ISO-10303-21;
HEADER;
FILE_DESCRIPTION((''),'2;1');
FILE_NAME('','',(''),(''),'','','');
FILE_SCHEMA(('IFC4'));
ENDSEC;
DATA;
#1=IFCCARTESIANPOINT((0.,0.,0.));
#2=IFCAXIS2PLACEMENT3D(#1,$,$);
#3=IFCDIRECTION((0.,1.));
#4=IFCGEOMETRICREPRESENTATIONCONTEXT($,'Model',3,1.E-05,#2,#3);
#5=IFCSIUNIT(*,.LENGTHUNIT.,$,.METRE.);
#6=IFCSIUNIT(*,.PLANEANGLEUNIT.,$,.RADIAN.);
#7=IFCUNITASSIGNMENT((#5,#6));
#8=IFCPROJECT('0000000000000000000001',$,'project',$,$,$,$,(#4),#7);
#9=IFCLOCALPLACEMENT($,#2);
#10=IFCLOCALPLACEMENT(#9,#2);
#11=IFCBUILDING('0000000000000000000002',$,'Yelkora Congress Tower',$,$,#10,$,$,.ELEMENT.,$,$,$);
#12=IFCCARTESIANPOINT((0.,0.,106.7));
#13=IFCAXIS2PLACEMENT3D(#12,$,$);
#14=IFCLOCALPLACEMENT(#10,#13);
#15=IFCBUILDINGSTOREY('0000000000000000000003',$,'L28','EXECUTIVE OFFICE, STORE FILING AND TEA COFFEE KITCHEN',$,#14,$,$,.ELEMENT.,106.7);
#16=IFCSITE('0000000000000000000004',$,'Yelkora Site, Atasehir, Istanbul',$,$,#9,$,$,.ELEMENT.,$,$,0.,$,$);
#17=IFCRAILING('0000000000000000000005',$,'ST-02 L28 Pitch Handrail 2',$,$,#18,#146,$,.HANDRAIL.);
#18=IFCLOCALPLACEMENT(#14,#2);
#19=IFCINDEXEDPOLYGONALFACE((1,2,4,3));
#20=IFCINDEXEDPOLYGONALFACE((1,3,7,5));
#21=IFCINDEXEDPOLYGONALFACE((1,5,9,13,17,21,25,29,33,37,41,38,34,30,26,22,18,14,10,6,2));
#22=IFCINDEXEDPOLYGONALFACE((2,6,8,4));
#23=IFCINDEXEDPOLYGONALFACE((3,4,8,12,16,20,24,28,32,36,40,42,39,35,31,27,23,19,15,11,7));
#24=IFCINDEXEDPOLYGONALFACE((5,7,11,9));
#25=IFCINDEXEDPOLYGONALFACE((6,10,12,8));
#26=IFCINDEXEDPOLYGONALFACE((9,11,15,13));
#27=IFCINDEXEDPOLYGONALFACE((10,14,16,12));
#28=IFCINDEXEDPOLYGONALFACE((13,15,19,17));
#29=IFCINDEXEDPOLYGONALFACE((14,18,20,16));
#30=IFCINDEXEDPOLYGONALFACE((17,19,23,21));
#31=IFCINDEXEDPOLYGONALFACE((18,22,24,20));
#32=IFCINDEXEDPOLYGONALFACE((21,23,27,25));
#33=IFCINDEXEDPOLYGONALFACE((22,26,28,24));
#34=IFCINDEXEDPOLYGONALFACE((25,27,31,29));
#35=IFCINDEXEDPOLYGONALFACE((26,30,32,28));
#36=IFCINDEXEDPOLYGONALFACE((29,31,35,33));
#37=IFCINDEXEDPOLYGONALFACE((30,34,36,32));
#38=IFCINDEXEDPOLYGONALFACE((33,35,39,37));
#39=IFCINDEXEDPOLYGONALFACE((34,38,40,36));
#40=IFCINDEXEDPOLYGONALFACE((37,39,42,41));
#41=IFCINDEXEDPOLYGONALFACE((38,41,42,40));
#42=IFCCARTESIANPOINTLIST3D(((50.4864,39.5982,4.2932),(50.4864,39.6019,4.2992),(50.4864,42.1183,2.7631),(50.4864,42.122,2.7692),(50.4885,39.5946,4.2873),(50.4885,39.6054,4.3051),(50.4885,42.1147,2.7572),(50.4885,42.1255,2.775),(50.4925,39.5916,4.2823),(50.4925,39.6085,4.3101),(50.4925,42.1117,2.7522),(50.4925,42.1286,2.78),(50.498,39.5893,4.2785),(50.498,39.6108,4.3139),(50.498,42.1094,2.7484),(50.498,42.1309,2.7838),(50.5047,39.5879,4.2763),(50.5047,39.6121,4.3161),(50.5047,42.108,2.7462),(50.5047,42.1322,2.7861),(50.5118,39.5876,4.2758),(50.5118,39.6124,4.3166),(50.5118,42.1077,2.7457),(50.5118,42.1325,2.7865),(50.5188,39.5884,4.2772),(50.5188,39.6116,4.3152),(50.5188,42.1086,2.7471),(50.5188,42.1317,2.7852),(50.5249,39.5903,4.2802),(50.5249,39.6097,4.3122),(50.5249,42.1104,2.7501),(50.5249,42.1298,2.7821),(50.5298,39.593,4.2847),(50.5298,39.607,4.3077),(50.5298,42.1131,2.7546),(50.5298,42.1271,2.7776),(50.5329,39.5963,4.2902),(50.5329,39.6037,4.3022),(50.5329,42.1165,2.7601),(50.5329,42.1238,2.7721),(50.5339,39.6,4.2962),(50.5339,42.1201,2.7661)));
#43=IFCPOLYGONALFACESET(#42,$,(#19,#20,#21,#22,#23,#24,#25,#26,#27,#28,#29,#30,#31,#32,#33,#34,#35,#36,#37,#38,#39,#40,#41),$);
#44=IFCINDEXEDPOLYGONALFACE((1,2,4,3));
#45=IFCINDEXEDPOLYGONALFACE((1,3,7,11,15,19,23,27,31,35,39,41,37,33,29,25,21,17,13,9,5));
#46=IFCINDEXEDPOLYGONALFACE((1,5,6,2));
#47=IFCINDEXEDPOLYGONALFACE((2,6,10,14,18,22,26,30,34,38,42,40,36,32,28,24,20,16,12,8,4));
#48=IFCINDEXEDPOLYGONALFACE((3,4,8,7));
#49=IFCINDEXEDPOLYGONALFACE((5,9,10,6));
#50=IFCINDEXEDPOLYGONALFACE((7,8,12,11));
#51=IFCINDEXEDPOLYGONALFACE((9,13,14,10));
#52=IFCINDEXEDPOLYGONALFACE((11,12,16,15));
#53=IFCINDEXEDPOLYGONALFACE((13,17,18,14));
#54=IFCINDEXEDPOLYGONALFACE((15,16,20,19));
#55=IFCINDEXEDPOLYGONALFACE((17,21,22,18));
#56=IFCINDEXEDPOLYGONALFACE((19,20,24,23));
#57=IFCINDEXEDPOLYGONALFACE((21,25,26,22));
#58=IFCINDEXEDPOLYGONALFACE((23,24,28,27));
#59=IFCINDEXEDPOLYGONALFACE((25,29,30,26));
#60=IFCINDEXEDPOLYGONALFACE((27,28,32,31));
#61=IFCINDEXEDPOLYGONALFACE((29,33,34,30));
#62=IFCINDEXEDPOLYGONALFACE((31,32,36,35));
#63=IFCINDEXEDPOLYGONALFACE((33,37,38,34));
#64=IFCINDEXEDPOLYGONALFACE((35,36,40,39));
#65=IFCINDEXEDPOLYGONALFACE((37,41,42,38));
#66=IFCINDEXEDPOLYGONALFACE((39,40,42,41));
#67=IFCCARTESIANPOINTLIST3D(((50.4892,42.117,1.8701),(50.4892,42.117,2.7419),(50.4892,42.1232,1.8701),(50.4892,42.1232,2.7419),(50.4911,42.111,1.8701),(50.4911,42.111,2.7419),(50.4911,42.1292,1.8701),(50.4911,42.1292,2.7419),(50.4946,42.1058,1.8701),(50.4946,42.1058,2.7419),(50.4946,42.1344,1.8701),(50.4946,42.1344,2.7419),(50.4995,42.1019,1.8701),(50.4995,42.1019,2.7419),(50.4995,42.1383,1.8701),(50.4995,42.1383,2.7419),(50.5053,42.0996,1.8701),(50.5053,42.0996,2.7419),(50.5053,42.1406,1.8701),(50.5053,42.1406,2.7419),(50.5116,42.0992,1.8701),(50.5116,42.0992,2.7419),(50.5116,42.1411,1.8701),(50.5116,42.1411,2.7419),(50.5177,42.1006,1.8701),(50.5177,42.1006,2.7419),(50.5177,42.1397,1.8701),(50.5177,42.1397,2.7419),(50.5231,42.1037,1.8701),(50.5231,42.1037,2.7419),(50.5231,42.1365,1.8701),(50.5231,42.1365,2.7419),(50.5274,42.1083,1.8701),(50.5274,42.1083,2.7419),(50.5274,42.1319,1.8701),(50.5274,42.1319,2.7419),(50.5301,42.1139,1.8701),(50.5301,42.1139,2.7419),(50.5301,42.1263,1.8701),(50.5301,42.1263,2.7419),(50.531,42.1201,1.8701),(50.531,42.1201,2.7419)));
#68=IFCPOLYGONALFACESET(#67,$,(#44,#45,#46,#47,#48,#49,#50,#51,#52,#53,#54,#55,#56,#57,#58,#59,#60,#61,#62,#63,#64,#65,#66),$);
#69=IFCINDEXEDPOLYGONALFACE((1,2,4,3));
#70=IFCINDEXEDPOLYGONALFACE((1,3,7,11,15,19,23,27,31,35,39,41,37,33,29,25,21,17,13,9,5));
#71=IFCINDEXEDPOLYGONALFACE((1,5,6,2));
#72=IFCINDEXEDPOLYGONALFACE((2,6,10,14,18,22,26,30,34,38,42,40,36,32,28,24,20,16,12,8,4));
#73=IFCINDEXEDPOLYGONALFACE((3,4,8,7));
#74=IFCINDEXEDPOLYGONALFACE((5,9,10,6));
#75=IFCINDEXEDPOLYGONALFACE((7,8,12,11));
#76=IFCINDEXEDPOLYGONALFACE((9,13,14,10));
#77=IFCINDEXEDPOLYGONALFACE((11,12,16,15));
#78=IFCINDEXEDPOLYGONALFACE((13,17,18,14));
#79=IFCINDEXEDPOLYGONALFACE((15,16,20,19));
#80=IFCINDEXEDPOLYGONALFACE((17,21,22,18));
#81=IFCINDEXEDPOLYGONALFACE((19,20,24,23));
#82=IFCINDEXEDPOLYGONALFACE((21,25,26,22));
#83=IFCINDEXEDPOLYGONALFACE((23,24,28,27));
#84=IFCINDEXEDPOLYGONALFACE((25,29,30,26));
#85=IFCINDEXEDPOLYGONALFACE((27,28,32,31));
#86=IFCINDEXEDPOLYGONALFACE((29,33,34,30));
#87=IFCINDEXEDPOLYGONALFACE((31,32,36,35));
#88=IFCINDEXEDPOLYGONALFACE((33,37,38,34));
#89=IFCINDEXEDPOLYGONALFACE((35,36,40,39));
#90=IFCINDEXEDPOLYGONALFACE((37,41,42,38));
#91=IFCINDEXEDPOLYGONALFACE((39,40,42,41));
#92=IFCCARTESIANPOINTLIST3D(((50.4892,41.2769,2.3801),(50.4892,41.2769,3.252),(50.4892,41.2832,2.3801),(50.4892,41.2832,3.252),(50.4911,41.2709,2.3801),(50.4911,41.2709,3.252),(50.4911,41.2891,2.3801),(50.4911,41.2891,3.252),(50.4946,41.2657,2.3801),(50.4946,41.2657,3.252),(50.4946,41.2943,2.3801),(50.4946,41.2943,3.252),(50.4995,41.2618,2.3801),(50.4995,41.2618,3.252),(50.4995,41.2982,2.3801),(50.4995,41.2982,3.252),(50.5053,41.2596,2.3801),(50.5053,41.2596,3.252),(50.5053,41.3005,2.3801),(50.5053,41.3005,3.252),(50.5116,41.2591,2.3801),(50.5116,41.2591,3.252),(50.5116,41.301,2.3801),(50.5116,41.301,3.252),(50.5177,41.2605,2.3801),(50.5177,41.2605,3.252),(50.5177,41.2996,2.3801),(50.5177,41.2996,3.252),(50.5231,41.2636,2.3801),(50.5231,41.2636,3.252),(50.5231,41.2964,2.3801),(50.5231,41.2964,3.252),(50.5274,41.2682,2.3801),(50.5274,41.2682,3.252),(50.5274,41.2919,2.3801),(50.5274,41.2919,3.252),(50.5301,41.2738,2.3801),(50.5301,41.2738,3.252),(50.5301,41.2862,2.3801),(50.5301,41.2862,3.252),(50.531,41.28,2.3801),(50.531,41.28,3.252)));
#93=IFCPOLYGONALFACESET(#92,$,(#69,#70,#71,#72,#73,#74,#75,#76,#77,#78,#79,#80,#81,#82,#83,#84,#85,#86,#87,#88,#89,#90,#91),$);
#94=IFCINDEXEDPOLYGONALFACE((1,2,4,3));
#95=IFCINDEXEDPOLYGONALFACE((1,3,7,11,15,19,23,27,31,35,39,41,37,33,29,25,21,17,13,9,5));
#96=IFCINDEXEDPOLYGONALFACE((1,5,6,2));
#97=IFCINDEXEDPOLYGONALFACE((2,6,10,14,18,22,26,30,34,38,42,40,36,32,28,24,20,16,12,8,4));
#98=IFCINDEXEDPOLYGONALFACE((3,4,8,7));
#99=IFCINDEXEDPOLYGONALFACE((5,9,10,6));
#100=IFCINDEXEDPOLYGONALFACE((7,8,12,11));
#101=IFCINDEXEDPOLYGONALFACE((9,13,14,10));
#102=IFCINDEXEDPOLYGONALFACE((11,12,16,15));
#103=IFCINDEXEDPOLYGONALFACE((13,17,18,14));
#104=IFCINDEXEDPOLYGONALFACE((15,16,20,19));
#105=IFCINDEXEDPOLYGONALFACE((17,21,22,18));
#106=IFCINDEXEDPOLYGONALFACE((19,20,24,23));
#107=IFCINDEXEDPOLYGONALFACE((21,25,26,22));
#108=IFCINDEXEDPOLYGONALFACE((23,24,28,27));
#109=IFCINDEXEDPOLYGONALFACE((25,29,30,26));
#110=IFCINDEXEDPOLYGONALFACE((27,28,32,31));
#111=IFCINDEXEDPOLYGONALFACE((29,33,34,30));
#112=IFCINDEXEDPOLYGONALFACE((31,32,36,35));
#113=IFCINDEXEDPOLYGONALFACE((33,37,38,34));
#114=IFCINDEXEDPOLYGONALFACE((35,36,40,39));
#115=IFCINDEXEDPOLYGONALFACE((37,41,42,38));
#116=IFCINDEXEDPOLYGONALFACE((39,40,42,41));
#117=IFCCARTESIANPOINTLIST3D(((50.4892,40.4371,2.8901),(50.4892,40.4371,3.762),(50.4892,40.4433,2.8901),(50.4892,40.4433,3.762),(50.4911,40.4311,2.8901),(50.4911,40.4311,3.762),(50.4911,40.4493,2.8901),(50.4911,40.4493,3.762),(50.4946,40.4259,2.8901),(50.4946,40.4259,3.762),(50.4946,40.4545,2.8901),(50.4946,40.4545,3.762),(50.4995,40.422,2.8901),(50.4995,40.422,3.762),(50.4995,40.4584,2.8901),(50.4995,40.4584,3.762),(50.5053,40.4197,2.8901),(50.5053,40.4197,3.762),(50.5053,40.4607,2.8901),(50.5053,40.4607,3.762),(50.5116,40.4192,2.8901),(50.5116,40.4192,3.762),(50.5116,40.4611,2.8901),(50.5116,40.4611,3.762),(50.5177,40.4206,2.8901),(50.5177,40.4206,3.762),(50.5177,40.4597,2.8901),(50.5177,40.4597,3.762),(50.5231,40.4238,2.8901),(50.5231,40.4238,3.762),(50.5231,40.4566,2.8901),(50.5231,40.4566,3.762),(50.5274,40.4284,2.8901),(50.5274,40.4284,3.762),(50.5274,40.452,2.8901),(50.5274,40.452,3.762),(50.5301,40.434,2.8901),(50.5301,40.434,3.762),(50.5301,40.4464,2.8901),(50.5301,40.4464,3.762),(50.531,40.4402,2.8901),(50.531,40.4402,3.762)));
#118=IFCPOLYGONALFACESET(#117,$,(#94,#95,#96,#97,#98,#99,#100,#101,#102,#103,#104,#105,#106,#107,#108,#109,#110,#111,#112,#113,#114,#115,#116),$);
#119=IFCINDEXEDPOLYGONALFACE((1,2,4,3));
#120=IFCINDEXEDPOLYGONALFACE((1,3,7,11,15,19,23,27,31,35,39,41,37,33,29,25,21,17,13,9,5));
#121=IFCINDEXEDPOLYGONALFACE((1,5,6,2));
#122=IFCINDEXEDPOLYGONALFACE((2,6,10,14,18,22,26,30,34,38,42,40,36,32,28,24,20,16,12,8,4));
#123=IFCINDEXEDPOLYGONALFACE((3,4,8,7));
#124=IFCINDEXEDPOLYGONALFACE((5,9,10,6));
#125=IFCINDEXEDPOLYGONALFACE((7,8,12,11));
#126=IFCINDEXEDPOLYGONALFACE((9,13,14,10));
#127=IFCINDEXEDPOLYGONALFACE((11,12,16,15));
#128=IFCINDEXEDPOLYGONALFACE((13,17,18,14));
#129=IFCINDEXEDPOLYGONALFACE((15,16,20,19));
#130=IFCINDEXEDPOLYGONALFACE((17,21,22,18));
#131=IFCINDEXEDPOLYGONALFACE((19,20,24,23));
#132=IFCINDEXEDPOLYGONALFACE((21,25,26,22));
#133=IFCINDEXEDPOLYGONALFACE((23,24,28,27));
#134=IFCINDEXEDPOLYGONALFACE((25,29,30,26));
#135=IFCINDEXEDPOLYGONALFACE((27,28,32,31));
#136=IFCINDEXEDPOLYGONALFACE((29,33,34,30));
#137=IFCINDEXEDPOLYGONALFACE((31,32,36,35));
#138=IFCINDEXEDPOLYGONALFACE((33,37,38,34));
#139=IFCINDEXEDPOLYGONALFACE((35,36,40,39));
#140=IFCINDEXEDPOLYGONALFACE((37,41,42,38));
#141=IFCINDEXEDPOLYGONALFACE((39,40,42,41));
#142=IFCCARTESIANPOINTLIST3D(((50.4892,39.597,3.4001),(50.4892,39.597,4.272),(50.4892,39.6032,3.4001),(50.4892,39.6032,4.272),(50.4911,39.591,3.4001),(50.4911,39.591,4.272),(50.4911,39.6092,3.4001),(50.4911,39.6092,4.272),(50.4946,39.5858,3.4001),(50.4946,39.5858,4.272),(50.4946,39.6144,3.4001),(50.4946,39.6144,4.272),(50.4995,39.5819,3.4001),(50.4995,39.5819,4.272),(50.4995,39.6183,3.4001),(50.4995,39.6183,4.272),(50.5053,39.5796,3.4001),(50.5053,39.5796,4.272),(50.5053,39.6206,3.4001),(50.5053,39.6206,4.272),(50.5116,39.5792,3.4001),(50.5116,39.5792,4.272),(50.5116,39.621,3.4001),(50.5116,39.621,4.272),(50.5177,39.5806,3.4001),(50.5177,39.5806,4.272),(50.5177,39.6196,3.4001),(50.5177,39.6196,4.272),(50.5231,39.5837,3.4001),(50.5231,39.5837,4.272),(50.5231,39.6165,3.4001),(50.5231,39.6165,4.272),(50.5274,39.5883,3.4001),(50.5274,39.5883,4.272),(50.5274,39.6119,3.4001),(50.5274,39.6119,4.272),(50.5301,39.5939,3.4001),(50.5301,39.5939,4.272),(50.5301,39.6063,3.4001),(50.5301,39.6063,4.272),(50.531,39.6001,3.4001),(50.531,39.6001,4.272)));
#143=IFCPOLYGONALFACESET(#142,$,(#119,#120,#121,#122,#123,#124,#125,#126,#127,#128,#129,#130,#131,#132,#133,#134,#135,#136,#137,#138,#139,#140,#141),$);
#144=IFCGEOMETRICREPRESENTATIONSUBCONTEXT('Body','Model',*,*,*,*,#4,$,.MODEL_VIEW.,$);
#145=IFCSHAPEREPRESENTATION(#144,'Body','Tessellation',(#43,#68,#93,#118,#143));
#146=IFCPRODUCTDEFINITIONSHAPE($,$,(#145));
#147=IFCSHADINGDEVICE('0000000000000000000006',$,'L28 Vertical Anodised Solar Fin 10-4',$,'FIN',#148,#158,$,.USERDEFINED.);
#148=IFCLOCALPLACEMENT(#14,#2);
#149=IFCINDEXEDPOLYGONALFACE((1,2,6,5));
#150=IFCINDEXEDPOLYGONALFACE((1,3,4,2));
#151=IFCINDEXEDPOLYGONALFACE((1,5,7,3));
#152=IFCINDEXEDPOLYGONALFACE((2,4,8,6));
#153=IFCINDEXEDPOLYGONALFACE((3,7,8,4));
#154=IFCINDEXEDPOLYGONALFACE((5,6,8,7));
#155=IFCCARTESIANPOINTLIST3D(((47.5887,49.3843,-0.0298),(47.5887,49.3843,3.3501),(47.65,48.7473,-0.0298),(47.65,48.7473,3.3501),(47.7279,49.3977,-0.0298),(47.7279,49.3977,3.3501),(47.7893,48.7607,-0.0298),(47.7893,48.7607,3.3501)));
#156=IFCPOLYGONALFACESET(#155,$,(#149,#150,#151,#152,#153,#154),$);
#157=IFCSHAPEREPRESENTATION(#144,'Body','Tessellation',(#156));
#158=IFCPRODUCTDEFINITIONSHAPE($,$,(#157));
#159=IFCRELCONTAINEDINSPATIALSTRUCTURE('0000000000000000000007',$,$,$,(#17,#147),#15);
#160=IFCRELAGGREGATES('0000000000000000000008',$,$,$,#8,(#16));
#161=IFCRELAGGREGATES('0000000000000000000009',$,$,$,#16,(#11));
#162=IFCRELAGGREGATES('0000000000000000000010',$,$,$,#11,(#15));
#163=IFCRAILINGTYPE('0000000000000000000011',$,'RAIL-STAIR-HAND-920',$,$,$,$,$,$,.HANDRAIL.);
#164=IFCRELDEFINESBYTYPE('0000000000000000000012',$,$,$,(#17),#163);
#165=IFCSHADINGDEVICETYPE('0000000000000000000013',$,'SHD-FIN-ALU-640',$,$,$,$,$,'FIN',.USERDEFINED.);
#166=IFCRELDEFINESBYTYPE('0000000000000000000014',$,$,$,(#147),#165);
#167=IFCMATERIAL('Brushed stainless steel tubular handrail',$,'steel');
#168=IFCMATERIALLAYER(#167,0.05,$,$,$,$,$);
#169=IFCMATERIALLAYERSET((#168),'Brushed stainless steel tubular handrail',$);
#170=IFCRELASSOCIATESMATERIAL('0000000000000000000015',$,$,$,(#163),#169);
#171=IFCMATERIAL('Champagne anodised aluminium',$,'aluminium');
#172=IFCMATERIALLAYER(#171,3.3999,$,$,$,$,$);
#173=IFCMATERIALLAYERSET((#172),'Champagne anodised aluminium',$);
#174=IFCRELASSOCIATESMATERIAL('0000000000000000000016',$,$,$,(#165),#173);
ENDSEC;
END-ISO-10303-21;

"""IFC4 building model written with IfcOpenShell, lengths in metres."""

from ifc_helpers import new_model, si_unit, direction, frame, origin, origin_2d, place, context, subcontext, project, spatial, rectangle, circle, extrude, material, layer, layer_set, type_object, element, save


model = new_model("IFC4")

# Units and contexts
model_context = context("Model", 3, precision=1e-05, world=origin(), true_north=direction((0.0, 1.0)))
body_context = subcontext(model_context, "Body", "Model", "MODEL_VIEW")
ifc_project = project(units=[si_unit("LENGTHUNIT", "METRE"), si_unit("PLANEANGLEUNIT", "RADIAN")], contexts=[model_context])

# Site, building, storey
site_placement = place(None, origin())
site = spatial("IfcSite", under=ifc_project, at=site_placement, Name="Yelkora Site, Atasehir, Istanbul", CompositionType="ELEMENT", RefElevation=0.0)
building_placement = place(site_placement, origin())
building = spatial("IfcBuilding", under=site, at=building_placement, Name="Yelkora Congress Tower", CompositionType="ELEMENT")
storey_placement = place(building_placement, frame((0.0, 0.0, 106.7)))
storey = spatial("IfcBuildingStorey", under=building, at=storey_placement, Name="L28", Description="EXECUTIVE OFFICE, STORE FILING AND TEA COFFEE KITCHEN", CompositionType="ELEMENT", Elevation=106.7)

# Railing
ifc_material_1 = material(Name="Brushed stainless steel tubular handrail", Category="steel")
ifc_layer_1 = layer(ifc_material_1, 0.05)
ifc_layer_set_1 = layer_set([ifc_layer_1], Name="Brushed stainless steel tubular handrail")
railing_type_1 = type_object("IfcRailingType", Name="RAIL-STAIR-HAND-920", PredefinedType="HANDRAIL", material=ifc_layer_set_1)
railing_1_placement = place(storey_placement, frame((50.51, 42.1201, 1.8701)))
element("IfcRailing", 1, at=railing_1_placement, inside=storey, type_object=railing_type_1, Name="ST-02 L28 Pitch Handrail 2", PredefinedType="HANDRAIL", context=body_context, shape_type="SweptSolid", body=[
    extrude(circle(Radius=0.0239, at=origin_2d()), frame((0.0, 0.0, 0.896), z_axis=(0.0, -0.854785, 0.518982), x_axis=(1.0, 0.0, 0.0)), (0.0, 0.0, 1.0), 2.9482),
    extrude(circle(Radius=0.021, at=origin_2d()), origin(), (0.0, 0.0, 1.0), 0.8718),
    extrude(circle(Radius=0.021, at=origin_2d()), frame((0.0, -0.8401, 0.51)), (0.0, 0.0, 1.0), 0.8718),
    extrude(circle(Radius=0.021, at=origin_2d()), frame((0.0, -1.6799, 1.02)), (0.0, 0.0, 1.0), 0.8718),
    extrude(circle(Radius=0.021, at=origin_2d()), frame((0.0, -2.52, 1.53)), (0.0, 0.0, 1.0), 0.8718),
])

# Shading device
ifc_material_2 = material(Name="Champagne anodised aluminium", Category="aluminium")
ifc_layer_2 = layer(ifc_material_2, 3.3999)
ifc_layer_set_2 = layer_set([ifc_layer_2], Name="Champagne anodised aluminium")
shading_device_type = type_object("IfcShadingDeviceType", Name="SHD-FIN-ALU-640", ElementType="FIN", PredefinedType="USERDEFINED", material=ifc_layer_set_2)
shading_device_placement = place(storey_placement, frame((47.689, 49.0725, -0.0298), z_axis=(0.0, 0.0, 1.0), x_axis=(0.995396, 0.095846, 0.0)))
element("IfcShadingDevice", 2, at=shading_device_placement, inside=storey, type_object=shading_device_type, Name="L28 Vertical Anodised Solar Fin 10-4", ObjectType="FIN", PredefinedType="USERDEFINED", context=body_context, shape_type="SweptSolid", body=[
    extrude(rectangle(XDim=0.1399, YDim=0.6399, at=origin_2d()), origin(), (0.0, 0.0, 1.0), 3.3799),
])

save(model, "model.ifc")
